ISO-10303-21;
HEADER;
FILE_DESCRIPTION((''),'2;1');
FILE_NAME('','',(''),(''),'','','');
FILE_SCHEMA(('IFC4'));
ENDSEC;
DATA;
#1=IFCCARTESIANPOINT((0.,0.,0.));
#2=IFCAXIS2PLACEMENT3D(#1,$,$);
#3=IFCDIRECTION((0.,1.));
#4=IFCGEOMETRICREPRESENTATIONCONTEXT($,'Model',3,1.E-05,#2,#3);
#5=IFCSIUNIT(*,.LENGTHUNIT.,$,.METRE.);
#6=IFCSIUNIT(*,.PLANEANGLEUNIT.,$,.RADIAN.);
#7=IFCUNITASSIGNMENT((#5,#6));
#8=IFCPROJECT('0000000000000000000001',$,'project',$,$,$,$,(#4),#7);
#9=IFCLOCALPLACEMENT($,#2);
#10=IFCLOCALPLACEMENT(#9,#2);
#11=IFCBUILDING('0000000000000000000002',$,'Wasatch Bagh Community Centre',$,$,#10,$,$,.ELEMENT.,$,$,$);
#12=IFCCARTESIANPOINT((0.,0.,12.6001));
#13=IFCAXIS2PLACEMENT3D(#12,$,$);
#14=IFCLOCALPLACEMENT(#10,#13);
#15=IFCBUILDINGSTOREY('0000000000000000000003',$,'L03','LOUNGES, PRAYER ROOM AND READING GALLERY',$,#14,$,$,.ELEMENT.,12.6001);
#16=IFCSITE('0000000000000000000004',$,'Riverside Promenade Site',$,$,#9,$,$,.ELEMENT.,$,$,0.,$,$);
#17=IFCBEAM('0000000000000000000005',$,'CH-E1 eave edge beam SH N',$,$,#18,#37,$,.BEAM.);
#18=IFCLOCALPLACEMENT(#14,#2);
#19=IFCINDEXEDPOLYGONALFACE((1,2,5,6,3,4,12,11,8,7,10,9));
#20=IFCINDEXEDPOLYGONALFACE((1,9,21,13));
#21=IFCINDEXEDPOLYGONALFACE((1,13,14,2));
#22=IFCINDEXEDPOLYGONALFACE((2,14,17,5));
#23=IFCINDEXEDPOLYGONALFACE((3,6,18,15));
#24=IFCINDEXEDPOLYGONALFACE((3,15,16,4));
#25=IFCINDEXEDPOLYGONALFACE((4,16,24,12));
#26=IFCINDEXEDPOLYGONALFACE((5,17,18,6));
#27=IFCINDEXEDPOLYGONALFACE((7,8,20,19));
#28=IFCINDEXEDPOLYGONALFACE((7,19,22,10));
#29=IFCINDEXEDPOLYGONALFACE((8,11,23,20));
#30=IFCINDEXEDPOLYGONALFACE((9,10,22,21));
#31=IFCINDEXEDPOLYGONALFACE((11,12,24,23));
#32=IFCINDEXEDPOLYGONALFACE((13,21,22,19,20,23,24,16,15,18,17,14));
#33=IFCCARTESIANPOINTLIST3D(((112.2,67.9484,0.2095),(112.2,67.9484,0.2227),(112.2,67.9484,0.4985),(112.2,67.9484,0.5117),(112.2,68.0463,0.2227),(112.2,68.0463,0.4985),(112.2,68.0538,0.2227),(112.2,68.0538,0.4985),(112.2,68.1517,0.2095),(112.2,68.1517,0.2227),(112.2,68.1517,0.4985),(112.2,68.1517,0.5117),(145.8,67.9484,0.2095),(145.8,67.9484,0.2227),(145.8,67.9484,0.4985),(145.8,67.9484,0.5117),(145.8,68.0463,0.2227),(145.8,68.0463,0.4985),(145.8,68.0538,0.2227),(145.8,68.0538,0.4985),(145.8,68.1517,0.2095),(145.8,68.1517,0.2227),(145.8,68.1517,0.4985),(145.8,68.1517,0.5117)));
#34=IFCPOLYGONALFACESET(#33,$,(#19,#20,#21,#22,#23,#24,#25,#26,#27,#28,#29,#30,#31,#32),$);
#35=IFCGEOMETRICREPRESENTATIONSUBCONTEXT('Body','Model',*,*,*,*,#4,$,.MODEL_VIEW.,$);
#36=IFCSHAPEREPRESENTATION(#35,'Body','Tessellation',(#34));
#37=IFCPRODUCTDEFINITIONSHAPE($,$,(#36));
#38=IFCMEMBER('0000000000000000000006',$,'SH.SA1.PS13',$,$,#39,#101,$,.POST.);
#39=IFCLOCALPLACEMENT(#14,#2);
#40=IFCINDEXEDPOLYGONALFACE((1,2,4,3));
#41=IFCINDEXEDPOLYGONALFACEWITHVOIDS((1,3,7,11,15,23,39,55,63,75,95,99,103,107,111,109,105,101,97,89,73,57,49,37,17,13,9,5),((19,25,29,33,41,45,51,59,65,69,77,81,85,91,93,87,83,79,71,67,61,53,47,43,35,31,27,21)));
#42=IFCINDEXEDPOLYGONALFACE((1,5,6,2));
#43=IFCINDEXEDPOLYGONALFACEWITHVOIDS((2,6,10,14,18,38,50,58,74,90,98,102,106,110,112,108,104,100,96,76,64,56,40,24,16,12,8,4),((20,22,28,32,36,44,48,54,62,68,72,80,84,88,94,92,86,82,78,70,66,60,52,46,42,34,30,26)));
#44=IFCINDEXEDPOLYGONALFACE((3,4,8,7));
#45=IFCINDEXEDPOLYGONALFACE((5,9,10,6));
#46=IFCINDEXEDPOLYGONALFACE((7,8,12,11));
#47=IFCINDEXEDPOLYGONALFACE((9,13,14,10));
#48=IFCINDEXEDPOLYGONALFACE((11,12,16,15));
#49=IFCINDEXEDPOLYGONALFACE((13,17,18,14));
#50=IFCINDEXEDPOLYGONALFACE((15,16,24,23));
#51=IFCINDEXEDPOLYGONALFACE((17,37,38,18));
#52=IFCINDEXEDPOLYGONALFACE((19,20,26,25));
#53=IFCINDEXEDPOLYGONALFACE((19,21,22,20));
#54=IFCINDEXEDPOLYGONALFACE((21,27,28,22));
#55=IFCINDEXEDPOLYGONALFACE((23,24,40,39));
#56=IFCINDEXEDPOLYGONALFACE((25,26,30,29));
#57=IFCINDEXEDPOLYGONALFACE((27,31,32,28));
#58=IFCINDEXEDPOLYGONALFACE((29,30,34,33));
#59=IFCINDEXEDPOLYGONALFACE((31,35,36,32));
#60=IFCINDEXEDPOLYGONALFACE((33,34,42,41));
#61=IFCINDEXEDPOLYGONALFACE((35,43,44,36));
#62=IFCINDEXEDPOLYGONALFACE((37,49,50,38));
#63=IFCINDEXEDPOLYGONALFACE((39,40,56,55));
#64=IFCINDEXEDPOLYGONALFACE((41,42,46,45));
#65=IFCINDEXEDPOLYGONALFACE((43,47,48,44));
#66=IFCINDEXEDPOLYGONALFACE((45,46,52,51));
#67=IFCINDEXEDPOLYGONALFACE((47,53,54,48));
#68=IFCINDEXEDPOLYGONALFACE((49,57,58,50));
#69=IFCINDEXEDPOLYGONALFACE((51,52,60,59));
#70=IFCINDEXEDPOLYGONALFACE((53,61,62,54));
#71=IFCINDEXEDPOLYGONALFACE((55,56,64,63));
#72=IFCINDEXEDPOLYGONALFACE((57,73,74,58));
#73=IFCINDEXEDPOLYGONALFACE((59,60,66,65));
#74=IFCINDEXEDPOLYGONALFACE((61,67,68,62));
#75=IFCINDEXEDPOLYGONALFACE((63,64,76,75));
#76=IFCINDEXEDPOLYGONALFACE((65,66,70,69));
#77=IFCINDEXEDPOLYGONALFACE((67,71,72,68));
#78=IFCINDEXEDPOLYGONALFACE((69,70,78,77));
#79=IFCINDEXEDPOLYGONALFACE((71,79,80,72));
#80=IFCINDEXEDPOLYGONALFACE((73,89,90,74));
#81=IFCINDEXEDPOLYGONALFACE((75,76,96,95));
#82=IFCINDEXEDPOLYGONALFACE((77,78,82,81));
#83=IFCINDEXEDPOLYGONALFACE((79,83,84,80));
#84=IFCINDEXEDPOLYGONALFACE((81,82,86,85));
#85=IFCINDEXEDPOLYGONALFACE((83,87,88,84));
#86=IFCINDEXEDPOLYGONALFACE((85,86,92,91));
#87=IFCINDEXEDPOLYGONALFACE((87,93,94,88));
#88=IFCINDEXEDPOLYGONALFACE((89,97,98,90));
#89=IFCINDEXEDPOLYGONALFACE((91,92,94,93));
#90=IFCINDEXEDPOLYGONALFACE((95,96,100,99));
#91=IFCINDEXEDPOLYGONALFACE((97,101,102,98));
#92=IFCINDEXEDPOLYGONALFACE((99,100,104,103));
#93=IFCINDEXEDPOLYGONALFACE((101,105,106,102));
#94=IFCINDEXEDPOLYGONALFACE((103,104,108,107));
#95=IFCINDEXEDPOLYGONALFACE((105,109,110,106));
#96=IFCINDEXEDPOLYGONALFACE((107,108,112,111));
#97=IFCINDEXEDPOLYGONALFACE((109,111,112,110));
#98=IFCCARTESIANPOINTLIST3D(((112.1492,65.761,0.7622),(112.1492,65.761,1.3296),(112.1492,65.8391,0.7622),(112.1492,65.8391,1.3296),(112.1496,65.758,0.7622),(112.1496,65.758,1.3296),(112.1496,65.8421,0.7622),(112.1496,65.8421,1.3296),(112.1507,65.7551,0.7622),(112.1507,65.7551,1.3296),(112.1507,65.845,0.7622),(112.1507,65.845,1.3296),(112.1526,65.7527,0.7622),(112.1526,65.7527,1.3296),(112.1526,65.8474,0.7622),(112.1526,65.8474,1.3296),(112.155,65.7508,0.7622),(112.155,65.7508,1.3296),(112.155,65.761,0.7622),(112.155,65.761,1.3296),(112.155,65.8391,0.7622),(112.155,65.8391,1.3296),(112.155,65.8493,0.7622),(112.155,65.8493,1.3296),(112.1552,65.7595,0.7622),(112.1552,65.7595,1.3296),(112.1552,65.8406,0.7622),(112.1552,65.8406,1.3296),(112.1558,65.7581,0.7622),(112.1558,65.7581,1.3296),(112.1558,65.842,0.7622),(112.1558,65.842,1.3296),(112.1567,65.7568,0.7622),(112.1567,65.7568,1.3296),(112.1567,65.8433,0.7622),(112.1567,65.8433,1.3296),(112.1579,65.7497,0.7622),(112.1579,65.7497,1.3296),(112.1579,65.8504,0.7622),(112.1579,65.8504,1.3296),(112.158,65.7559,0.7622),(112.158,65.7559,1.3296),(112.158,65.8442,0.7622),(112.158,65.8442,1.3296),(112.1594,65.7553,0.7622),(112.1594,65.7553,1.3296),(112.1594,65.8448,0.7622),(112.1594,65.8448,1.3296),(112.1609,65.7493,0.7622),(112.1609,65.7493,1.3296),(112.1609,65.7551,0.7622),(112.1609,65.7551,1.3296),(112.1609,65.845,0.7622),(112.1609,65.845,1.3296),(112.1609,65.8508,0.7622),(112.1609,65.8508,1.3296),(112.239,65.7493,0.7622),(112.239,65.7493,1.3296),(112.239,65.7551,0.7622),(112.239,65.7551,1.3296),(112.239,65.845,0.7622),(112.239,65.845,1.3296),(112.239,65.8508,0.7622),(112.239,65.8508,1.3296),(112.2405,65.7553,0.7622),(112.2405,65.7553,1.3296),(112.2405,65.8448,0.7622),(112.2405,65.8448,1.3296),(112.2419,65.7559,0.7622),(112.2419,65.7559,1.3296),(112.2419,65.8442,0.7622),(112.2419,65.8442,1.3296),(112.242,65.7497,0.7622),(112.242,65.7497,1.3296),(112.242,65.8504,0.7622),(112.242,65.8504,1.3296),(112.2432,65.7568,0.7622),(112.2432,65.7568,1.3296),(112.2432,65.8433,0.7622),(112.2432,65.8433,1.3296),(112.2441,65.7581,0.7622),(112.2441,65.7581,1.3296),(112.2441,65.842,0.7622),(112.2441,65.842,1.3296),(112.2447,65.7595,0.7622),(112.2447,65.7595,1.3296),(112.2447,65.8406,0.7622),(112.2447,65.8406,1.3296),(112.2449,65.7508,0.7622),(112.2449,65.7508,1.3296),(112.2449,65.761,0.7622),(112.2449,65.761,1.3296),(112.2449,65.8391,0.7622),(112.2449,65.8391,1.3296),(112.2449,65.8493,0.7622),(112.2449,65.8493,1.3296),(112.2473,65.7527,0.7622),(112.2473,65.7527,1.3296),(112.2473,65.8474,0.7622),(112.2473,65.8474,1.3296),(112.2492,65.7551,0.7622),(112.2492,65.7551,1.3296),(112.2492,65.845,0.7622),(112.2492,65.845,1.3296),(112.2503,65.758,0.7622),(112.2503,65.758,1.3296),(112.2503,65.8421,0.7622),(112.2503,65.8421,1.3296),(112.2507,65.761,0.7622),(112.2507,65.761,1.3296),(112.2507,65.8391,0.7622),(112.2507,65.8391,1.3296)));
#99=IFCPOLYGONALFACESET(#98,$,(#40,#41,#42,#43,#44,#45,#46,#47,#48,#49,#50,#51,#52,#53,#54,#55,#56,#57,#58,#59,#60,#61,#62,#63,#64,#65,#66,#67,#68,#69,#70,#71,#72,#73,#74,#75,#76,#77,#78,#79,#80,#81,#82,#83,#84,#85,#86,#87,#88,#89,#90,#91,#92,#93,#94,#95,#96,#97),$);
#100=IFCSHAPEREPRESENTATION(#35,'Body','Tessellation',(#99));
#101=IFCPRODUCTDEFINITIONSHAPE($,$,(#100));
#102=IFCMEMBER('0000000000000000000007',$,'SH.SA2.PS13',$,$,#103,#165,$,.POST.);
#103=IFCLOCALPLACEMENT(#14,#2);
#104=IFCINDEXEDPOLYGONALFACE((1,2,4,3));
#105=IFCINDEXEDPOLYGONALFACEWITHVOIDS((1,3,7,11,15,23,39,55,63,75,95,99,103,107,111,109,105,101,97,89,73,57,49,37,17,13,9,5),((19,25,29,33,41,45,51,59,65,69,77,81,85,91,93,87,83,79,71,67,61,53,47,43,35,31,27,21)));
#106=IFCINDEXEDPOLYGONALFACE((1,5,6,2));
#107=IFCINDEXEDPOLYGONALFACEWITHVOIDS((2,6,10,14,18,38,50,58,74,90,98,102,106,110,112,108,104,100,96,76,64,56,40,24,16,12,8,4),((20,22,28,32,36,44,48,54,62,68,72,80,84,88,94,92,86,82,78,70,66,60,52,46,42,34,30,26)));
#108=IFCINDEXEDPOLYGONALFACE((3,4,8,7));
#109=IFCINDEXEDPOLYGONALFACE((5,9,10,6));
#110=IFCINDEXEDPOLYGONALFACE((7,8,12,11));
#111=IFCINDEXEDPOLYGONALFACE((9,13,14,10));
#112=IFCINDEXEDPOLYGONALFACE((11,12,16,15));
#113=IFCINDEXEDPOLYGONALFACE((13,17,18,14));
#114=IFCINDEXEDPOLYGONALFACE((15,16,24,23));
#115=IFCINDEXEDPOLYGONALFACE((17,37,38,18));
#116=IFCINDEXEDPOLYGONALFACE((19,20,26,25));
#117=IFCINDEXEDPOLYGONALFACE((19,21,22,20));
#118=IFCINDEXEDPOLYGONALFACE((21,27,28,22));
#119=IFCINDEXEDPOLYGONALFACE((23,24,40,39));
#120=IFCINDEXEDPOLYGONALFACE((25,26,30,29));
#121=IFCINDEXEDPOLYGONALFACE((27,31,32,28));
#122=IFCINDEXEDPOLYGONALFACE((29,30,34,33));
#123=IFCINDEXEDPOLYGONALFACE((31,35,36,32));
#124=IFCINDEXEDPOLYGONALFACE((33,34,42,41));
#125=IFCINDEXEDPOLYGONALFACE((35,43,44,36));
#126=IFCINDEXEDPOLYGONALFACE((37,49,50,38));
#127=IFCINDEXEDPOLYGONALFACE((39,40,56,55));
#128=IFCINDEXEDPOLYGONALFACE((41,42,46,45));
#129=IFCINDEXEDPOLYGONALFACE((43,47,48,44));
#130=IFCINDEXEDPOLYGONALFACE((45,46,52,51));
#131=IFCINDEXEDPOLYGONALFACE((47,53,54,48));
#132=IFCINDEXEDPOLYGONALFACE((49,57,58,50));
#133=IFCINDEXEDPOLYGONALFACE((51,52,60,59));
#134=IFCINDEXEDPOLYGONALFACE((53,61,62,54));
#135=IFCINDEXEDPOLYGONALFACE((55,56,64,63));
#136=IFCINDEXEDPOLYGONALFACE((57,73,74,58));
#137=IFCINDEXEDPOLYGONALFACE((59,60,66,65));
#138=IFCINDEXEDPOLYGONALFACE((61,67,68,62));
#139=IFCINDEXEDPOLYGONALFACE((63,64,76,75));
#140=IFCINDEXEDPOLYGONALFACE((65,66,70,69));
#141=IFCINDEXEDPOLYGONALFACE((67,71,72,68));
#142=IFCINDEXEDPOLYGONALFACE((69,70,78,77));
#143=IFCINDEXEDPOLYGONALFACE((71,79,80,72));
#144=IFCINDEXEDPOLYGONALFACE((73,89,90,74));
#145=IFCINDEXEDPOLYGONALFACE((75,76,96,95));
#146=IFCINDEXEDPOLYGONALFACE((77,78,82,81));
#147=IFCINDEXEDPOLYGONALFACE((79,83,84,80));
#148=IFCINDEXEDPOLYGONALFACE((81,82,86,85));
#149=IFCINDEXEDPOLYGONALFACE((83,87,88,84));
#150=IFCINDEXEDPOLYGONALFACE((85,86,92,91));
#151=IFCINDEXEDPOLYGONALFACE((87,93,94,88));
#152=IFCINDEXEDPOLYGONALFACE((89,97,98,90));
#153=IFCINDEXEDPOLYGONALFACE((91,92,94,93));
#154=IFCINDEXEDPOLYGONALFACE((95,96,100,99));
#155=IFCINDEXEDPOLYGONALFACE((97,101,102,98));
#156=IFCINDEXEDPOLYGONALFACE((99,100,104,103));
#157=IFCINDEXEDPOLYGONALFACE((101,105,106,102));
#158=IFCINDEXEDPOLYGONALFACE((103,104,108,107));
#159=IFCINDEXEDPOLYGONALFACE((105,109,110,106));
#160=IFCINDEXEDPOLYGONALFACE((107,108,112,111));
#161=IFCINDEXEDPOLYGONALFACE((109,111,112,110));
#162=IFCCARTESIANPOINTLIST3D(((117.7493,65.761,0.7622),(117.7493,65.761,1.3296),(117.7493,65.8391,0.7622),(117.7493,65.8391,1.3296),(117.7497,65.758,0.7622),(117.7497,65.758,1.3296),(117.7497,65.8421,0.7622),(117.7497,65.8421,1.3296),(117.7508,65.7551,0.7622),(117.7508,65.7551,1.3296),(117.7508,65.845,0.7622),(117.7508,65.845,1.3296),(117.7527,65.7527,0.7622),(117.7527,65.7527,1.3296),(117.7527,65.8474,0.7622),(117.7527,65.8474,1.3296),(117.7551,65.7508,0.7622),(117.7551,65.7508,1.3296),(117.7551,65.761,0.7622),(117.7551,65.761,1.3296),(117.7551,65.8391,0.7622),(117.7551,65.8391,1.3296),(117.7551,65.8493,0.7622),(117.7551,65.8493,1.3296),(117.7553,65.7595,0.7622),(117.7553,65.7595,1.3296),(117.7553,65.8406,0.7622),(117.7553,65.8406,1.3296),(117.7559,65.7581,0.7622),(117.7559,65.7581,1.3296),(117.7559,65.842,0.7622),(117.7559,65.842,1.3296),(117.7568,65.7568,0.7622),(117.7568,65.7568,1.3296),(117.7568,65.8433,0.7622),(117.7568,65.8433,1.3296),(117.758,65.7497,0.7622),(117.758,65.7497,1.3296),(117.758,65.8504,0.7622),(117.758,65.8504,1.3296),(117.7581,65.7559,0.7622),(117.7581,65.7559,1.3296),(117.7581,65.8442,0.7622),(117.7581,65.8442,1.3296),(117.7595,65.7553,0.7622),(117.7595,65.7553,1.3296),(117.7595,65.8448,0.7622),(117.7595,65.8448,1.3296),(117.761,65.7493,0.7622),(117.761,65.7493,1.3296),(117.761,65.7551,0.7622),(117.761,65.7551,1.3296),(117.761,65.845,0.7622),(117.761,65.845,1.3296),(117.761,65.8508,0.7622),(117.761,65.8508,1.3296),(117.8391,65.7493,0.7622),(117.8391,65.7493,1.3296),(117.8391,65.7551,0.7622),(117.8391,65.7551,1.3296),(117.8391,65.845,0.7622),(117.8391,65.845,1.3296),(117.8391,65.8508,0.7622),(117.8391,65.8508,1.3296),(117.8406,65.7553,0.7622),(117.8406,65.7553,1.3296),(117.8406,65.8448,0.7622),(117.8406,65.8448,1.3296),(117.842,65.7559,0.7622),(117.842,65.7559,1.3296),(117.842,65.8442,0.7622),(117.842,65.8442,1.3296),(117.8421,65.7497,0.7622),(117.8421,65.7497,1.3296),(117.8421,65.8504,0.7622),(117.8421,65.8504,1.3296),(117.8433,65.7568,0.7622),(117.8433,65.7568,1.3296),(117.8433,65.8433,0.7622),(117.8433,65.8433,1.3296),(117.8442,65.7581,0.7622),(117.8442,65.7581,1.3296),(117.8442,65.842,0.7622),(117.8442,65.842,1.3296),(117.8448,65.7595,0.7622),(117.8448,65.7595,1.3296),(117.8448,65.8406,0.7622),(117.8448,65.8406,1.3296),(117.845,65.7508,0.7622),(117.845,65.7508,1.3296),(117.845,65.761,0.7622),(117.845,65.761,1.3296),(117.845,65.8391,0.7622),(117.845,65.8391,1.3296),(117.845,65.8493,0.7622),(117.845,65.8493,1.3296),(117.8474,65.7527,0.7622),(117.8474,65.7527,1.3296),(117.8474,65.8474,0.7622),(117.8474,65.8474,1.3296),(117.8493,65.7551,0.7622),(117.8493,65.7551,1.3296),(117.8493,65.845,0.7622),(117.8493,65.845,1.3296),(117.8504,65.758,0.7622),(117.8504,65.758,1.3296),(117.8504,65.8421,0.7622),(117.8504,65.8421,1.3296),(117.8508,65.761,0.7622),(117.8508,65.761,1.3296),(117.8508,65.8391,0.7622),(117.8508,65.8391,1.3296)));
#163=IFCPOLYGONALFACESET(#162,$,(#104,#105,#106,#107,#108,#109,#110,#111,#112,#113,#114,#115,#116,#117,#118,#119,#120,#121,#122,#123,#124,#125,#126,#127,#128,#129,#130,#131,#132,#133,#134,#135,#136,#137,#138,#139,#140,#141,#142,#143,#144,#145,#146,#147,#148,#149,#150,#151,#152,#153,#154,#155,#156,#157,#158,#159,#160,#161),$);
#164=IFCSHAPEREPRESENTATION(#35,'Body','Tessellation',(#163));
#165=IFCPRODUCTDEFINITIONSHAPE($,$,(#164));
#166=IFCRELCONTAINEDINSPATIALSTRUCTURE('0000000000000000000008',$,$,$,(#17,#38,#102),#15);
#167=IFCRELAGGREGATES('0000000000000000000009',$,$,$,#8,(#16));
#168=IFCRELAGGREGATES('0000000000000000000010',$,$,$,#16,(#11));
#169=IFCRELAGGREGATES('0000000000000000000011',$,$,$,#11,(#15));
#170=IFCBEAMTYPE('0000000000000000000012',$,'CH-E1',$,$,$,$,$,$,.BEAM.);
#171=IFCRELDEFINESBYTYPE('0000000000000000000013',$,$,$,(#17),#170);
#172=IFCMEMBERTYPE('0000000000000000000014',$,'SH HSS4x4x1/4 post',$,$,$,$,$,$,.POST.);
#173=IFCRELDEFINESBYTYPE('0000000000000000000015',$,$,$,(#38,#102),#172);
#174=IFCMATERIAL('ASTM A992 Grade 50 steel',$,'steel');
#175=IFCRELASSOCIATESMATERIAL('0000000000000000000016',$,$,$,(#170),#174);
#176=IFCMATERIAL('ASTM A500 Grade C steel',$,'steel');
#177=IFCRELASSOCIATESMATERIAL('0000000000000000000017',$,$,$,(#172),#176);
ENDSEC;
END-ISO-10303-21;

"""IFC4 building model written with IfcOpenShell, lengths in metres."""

from ifc_helpers import new_model, si_unit, direction, frame, origin, origin_2d, place, context, subcontext, project, spatial, hollow_rectangle, i_section, extrude, material, material_profile, profile_set, type_object, element, save


model = new_model("IFC4")

# Units and contexts
model_context = context("Model", 3, precision=1e-05, world=origin(), true_north=direction((0.0, 1.0)))
body_context = subcontext(model_context, "Body", "Model", "MODEL_VIEW")
ifc_project = project(units=[si_unit("LENGTHUNIT", "METRE"), si_unit("PLANEANGLEUNIT", "RADIAN")], contexts=[model_context])

# Site, building, storey
site_placement = place(None, origin())
site = spatial("IfcSite", under=ifc_project, at=site_placement, Name="Riverside Promenade Site", CompositionType="ELEMENT", RefElevation=0.0)
building_placement = place(site_placement, origin())
building = spatial("IfcBuilding", under=site, at=building_placement, Name="Wasatch Bagh Community Centre", CompositionType="ELEMENT")
storey_placement = place(building_placement, frame((0.0, 0.0, 12.6001)))
storey = spatial("IfcBuildingStorey", under=building, at=storey_placement, Name="L03", Description="LOUNGES, PRAYER ROOM AND READING GALLERY", CompositionType="ELEMENT", Elevation=12.6001)

# Beam
ifc_material_1 = material(Name="ASTM A992 Grade 50 steel", Category="steel")
ifc_material_profile_1 = material_profile(ifc_material_1, i_section(OverallWidth=0.2034, OverallDepth=0.3022, WebThickness=0.0076, FlangeThickness=0.0132, at=origin_2d()), Name="W12x40")
ifc_profile_set_1 = profile_set([ifc_material_profile_1], Name="ASTM A992 Grade 50 steel")
beam_type_1 = type_object("IfcBeamType", Name="CH-E1", PredefinedType="BEAM", material=ifc_profile_set_1)
beam_1_placement = place(storey_placement, frame((112.2, 68.05, 0.3606), z_axis=(1.0, 0.0, 0.0), x_axis=(0.0, 1.0, 0.0)))
element("IfcBeam", 1, at=beam_1_placement, inside=storey, type_object=beam_type_1, Name="CH-E1 eave edge beam SH N", PredefinedType="BEAM", context=body_context, shape_type="SweptSolid", body=[
    extrude(i_section(OverallWidth=0.2034, OverallDepth=0.3022, WebThickness=0.0076, FlangeThickness=0.0132, at=origin_2d()), origin(), (0.0, 0.0, 1.0), 33.6001),
])

# Members
ifc_material_2 = material(Name="ASTM A500 Grade C steel", Category="steel")
ifc_material_profile_2 = material_profile(ifc_material_2, hollow_rectangle(XDim=0.1016, YDim=0.1016, WallThickness=0.0059, InnerFilletRadius=0.0059, OuterFilletRadius=0.0117, at=origin_2d()), Name="HSS4x4x1/4")
ifc_profile_set_2 = profile_set([ifc_material_profile_2], Name="ASTM A500 Grade C steel")
member_type_1 = type_object("IfcMemberType", Name="SH HSS4x4x1/4 post", PredefinedType="POST", material=ifc_profile_set_2)
for number, where, z_axis, x_axis, name in (
    (2, (112.2, 65.8, 0.7622), (0.0, 0.0, 1.0), (1.0, 0.0, 0.0), "SH.SA1.PS13"),
    (3, (117.8, 65.8, 0.7622), (0.0, 0.0, 1.0), (1.0, 0.0, 0.0), "SH.SA2.PS13"),
):
    element("IfcMember", number, at=place(storey_placement, frame(where, z_axis=z_axis, x_axis=x_axis)), inside=storey, type_object=member_type_1, Name=name, PredefinedType="POST", context=body_context, shape_type="SweptSolid", body=[
        extrude(hollow_rectangle(XDim=0.1016, YDim=0.1016, WallThickness=0.0059, InnerFilletRadius=0.0059, OuterFilletRadius=0.0117, at=origin_2d()), origin(), (0.0, 0.0, 1.0), 0.5674),
    ])

save(model, "model.ifc")
